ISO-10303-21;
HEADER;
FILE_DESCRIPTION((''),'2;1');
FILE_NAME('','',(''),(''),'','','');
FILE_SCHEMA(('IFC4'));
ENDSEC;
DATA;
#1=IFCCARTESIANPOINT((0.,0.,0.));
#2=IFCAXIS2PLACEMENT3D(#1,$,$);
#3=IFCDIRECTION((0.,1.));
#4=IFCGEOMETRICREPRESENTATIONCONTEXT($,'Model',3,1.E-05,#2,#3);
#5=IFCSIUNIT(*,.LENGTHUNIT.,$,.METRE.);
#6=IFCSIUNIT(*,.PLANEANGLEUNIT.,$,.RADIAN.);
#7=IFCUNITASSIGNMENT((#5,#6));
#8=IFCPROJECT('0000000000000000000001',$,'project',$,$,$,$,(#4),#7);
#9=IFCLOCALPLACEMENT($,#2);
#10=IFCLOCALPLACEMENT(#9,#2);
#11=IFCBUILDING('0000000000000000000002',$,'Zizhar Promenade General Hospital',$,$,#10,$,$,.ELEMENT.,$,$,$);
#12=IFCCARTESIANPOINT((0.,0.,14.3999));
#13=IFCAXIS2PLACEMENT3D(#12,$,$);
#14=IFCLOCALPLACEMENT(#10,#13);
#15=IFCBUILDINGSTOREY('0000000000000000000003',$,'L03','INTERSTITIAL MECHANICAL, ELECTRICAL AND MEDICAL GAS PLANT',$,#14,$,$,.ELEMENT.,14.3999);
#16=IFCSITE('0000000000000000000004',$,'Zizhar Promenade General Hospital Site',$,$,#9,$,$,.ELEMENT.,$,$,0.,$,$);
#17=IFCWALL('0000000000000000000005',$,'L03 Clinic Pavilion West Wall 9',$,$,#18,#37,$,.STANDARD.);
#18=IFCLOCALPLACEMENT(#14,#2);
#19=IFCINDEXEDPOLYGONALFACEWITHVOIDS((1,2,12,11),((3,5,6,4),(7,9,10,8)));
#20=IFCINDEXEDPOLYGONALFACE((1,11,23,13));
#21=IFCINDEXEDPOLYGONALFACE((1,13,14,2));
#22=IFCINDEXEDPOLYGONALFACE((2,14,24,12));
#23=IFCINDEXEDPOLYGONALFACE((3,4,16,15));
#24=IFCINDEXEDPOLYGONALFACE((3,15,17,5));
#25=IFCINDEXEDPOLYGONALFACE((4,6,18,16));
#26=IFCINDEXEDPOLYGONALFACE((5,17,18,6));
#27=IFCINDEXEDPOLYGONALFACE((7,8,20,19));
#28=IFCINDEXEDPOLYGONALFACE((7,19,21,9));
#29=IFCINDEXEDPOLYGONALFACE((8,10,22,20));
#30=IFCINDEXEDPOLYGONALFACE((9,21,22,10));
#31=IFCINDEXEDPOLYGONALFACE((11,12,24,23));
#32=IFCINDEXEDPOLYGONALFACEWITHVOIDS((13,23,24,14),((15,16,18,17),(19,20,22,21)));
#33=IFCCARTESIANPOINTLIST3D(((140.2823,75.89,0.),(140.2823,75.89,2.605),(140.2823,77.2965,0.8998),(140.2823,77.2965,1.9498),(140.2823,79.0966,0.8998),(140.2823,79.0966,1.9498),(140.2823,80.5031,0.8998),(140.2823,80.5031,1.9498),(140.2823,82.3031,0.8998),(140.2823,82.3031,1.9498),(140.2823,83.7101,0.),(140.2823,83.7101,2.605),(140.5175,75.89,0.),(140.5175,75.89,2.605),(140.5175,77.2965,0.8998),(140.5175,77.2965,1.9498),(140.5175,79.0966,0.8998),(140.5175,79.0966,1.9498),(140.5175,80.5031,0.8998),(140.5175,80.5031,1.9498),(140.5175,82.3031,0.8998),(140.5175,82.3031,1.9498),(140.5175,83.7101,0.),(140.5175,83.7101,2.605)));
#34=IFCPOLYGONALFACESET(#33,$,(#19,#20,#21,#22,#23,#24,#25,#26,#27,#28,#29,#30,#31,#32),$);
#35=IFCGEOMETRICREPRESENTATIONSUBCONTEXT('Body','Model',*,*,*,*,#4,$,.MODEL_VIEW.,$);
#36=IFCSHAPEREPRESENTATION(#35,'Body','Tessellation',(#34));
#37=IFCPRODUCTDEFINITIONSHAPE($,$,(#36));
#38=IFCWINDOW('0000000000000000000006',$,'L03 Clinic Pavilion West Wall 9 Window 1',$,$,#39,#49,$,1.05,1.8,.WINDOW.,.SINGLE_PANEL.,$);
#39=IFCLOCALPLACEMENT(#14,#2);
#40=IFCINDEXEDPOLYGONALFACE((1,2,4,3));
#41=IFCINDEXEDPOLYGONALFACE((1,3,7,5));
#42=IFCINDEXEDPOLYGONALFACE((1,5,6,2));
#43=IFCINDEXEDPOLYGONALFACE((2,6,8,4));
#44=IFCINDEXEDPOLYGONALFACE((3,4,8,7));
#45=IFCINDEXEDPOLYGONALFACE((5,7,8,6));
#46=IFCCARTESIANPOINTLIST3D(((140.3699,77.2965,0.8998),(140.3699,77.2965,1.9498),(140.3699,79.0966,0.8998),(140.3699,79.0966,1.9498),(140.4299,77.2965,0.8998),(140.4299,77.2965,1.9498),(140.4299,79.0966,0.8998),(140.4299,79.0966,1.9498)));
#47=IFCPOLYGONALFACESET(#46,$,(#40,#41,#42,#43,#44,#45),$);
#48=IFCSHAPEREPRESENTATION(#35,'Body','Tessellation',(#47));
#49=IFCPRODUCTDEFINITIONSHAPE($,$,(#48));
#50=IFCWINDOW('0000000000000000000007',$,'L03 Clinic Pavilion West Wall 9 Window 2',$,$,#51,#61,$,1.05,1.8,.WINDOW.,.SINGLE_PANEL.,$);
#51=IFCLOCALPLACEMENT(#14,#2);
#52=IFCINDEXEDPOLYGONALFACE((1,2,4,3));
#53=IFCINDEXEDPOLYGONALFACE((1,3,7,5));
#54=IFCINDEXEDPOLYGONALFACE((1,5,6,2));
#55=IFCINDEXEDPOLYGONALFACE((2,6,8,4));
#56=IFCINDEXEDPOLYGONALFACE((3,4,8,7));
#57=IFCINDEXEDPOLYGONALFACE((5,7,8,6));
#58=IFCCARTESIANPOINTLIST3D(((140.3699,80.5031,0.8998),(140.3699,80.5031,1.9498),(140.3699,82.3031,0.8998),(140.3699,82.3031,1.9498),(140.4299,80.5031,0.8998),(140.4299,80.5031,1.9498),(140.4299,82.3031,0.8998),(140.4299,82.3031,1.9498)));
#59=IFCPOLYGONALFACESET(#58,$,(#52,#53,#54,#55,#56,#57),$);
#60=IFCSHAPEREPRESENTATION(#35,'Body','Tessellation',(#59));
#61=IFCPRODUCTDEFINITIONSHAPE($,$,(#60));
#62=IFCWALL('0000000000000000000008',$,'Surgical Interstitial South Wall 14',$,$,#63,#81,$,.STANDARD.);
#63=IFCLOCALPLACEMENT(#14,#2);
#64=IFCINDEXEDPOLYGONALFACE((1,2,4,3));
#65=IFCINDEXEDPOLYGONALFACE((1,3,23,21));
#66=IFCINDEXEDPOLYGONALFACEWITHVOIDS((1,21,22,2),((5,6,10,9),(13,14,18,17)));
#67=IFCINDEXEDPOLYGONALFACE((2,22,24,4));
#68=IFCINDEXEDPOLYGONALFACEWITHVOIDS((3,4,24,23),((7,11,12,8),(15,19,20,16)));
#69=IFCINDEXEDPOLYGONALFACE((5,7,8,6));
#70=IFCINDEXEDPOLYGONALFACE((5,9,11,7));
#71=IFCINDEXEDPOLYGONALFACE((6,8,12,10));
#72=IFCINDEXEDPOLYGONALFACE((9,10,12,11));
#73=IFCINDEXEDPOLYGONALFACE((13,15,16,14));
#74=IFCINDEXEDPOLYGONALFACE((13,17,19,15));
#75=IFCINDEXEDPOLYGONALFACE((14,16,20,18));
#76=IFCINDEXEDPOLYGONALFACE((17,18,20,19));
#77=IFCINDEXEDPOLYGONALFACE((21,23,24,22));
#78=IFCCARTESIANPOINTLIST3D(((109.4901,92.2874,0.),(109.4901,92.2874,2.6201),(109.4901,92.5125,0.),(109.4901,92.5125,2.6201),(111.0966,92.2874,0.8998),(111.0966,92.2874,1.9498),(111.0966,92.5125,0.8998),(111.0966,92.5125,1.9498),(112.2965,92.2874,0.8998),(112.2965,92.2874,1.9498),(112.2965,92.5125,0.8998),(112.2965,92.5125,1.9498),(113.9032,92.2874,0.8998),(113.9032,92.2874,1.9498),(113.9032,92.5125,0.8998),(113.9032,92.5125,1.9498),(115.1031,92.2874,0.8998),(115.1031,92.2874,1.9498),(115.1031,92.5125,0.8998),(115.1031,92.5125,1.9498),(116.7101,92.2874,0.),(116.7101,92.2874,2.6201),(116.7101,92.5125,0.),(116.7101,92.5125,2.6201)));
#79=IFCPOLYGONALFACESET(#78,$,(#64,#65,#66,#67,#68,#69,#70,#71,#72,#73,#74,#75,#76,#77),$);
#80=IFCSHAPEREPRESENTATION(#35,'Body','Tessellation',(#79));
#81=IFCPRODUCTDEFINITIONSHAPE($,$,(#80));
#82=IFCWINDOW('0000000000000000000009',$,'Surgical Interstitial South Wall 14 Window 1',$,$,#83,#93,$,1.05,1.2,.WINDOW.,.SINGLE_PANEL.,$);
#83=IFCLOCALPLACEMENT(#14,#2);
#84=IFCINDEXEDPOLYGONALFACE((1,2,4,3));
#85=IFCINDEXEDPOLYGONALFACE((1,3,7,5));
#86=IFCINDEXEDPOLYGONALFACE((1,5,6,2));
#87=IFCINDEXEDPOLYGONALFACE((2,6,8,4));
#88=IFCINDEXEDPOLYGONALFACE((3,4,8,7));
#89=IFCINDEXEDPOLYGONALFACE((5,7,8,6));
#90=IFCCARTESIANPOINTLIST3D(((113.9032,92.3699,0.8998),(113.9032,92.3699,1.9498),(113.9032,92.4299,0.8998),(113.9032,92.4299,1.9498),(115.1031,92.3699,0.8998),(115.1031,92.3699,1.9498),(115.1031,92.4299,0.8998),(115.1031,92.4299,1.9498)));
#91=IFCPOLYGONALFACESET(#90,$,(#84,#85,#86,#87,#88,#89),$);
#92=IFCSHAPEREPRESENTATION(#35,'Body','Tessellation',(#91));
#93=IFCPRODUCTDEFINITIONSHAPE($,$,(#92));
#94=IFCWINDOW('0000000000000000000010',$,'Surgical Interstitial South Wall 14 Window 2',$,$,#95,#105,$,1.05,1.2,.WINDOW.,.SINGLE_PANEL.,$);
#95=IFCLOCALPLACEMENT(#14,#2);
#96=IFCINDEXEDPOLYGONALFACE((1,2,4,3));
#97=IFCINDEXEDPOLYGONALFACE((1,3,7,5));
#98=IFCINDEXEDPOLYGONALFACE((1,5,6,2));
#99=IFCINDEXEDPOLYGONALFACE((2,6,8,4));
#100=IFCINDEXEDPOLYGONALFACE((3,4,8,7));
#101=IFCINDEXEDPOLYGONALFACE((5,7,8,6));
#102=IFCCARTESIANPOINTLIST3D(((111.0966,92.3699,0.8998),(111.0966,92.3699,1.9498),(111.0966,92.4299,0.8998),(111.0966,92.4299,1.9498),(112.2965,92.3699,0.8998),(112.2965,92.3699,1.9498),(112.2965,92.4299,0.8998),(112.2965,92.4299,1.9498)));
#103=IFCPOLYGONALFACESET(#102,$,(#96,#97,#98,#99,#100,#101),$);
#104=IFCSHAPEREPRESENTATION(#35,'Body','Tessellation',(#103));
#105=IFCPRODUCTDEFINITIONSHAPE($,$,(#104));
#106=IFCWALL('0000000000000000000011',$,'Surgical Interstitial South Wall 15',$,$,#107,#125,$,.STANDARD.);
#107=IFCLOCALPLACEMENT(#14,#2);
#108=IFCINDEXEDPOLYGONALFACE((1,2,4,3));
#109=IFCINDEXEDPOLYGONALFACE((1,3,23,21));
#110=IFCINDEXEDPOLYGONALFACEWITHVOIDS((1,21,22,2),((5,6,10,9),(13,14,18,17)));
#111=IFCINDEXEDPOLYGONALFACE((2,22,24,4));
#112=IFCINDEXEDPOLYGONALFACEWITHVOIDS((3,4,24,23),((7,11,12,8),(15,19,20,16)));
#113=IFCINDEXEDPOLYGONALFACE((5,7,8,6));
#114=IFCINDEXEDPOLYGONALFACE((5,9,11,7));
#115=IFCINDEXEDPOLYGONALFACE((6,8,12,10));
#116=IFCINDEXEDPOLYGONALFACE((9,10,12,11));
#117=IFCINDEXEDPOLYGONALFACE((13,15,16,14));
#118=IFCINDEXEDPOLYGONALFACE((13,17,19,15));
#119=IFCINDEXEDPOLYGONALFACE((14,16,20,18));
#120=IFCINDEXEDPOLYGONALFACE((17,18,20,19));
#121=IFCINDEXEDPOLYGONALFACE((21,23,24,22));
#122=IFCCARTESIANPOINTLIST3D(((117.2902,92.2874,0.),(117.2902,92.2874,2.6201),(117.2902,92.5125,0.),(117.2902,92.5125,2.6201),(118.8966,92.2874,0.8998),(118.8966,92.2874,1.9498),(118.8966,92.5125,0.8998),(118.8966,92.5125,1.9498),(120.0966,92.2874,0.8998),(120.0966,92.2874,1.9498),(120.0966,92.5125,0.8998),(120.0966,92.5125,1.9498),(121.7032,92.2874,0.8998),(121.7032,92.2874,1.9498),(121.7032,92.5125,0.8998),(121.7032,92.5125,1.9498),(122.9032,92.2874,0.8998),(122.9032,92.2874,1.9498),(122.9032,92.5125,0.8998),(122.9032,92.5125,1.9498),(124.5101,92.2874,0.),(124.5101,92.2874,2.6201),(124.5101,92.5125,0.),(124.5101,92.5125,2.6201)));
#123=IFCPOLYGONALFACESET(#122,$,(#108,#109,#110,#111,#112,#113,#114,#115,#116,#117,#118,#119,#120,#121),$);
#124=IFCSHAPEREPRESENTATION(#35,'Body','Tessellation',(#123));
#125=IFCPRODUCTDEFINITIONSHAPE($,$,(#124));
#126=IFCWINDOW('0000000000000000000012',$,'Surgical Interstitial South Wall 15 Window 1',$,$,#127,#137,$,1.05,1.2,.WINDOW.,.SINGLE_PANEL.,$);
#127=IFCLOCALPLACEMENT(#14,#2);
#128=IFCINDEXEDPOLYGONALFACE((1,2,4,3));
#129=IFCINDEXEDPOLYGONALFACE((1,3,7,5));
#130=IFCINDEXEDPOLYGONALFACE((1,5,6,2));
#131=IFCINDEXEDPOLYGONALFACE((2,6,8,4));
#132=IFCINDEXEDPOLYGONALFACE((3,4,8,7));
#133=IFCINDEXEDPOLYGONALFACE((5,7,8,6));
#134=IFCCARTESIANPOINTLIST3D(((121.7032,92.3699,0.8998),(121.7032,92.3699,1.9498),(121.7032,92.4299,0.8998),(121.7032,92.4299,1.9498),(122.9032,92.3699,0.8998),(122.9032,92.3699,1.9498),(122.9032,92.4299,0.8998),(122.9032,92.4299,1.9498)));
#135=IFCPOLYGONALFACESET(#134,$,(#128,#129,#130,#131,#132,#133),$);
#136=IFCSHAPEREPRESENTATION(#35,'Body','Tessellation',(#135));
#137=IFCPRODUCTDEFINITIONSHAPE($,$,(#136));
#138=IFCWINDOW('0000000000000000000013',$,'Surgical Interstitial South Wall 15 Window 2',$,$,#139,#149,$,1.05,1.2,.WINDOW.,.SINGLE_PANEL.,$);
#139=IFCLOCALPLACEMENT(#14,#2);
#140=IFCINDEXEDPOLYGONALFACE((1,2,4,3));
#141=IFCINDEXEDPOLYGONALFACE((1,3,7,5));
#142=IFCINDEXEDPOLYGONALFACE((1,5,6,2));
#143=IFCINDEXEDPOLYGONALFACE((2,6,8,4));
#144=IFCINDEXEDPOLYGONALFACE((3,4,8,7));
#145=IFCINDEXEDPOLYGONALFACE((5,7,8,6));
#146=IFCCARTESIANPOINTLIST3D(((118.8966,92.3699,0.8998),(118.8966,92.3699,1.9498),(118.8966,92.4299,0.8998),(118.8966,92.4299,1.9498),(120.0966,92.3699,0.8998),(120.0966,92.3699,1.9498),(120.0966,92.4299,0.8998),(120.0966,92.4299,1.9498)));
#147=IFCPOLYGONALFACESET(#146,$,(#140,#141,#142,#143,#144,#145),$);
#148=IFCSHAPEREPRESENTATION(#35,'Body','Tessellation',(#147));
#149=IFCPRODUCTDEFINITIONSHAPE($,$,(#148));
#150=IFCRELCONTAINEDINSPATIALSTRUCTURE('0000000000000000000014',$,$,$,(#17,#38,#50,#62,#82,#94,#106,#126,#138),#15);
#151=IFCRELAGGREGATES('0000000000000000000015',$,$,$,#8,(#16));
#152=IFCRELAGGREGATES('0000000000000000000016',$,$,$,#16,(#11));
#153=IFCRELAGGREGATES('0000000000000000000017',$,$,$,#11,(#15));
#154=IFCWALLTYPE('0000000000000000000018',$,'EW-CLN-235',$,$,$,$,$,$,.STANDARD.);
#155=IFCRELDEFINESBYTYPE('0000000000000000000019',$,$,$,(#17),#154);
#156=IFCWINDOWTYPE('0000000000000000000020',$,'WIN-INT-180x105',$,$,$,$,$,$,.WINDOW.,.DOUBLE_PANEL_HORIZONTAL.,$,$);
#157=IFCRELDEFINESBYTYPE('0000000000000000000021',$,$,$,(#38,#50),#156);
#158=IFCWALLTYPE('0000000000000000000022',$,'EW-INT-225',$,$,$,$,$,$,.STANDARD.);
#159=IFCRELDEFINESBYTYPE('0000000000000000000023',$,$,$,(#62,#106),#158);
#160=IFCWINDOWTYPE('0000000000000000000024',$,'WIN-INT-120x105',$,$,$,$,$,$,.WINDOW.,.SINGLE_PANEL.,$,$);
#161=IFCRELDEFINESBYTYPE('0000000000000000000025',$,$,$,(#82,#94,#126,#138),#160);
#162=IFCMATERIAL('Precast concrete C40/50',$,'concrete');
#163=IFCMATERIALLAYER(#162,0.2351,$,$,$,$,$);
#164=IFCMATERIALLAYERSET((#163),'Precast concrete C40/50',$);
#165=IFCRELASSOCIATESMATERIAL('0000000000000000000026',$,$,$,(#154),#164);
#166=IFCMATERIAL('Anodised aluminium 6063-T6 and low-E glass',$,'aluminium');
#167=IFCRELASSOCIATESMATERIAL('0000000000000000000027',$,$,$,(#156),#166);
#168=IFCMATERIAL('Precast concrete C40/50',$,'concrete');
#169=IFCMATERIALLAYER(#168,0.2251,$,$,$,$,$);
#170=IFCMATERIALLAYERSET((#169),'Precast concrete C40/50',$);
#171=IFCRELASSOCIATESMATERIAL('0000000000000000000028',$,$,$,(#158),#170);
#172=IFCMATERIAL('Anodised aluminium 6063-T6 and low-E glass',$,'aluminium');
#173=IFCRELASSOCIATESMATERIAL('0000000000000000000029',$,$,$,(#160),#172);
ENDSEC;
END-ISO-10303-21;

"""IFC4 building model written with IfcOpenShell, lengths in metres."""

from ifc_helpers import new_model, si_unit, direction, frame, frame_2d, origin, place, context, subcontext, project, spatial, rectangle, extrude, material, layer, layer_set, type_object, element, fill, save


model = new_model("IFC4")

# Units and contexts
model_context = context("Model", 3, precision=1e-05, world=origin(), true_north=direction((0.0, 1.0)))
body_context = subcontext(model_context, "Body", "Model", "MODEL_VIEW")
ifc_project = project(units=[si_unit("LENGTHUNIT", "METRE"), si_unit("PLANEANGLEUNIT", "RADIAN")], contexts=[model_context])

# Site, building, storey
site_placement = place(None, origin())
site = spatial("IfcSite", under=ifc_project, at=site_placement, Name="Zizhar Promenade General Hospital Site", CompositionType="ELEMENT", RefElevation=0.0)
building_placement = place(site_placement, origin())
building = spatial("IfcBuilding", under=site, at=building_placement, Name="Zizhar Promenade General Hospital", CompositionType="ELEMENT")
storey_placement = place(building_placement, frame((0.0, 0.0, 14.3999)))
storey = spatial("IfcBuildingStorey", under=building, at=storey_placement, Name="L03", Description="INTERSTITIAL MECHANICAL, ELECTRICAL AND MEDICAL GAS PLANT", CompositionType="ELEMENT", Elevation=14.3999)

# Walls, openings, windows
ifc_material_1 = material(Name="Precast concrete C40/50", Category="concrete")
ifc_layer_1 = layer(ifc_material_1, 0.2351)
ifc_layer_set_1 = layer_set([ifc_layer_1], Name="Precast concrete C40/50")
wall_type_1 = type_object("IfcWallType", Name="EW-CLN-235", PredefinedType="STANDARD", material=ifc_layer_set_1)
ifc_material_2 = material(Name="Anodised aluminium 6063-T6 and low-E glass", Category="aluminium")
window_type_1 = type_object("IfcWindowType", Name="WIN-INT-180x105", PartitioningType="DOUBLE_PANEL_HORIZONTAL", PredefinedType="WINDOW", material=ifc_material_2)
wall_1_placement = place(storey_placement, frame((140.3999, 75.8899, 0.0), z_axis=(0.0, 0.0, 1.0), x_axis=(0.0, 1.0, 0.0)))
wall_1 = element("IfcWall", 1, at=wall_1_placement, inside=storey, type_object=wall_type_1, Name="L03 Clinic Pavilion West Wall 9", PredefinedType="STANDARD", context=body_context, shape_type="SweptSolid", body=[
    extrude(rectangle(XDim=7.8201, YDim=0.2351, at=frame_2d((3.9102, 0.0))), origin(), (0.0, 0.0, 1.0), 2.605),
])
opening_1_placement = place(wall_1_placement, frame((1.4067, 0.0, 0.8999)))
opening_1 = element("IfcOpeningElement", 2, at=opening_1_placement, cuts=wall_1, PredefinedType="OPENING", context=body_context, shape_type="SweptSolid", body=[
    extrude(rectangle(XDim=1.8, YDim=1.05, at=frame_2d((0.8999, 0.5249))), frame((0.0, 0.1274, 0.0), z_axis=(0.0, -1.0, 0.0), x_axis=(1.0, 0.0, 0.0)), (0.0, 0.0, 1.0), 0.2551),
])
opening_2_placement = place(wall_1_placement, frame((4.6133, 0.0, 0.8999)))
opening_2 = element("IfcOpeningElement", 3, at=opening_2_placement, cuts=wall_1, PredefinedType="OPENING", context=body_context, shape_type="SweptSolid", body=[
    extrude(rectangle(XDim=1.8, YDim=1.05, at=frame_2d((0.8999, 0.5249))), frame((0.0, 0.1274, 0.0), z_axis=(0.0, -1.0, 0.0), x_axis=(1.0, 0.0, 0.0)), (0.0, 0.0, 1.0), 0.2551),
])
window_1_placement = place(opening_1_placement, origin())
window_1 = element("IfcWindow", 4, at=window_1_placement, inside=storey, type_object=window_type_1, Name="L03 Clinic Pavilion West Wall 9 Window 1", OverallHeight=1.05, OverallWidth=1.8, PartitioningType="SINGLE_PANEL", PredefinedType="WINDOW", context=body_context, shape_type="SweptSolid", body=[
    extrude(rectangle(XDim=1.8, YDim=1.05, at=frame_2d((0.8999, 0.5249))), frame((0.0, 0.03, 0.0), z_axis=(0.0, -1.0, 0.0), x_axis=(1.0, 0.0, 0.0)), (0.0, 0.0, 1.0), 0.0601),
])
fill(opening_1, window_1)
window_2_placement = place(opening_2_placement, origin())
window_2 = element("IfcWindow", 5, at=window_2_placement, inside=storey, type_object=window_type_1, Name="L03 Clinic Pavilion West Wall 9 Window 2", OverallHeight=1.05, OverallWidth=1.8, PartitioningType="SINGLE_PANEL", PredefinedType="WINDOW", context=body_context, shape_type="SweptSolid", body=[
    extrude(rectangle(XDim=1.8, YDim=1.05, at=frame_2d((0.8999, 0.5249))), frame((0.0, 0.03, 0.0), z_axis=(0.0, -1.0, 0.0), x_axis=(1.0, 0.0, 0.0)), (0.0, 0.0, 1.0), 0.0601),
])
fill(opening_2, window_2)
ifc_material_3 = material(Name="Precast concrete C40/50", Category="concrete")
ifc_layer_2 = layer(ifc_material_3, 0.2251)
ifc_layer_set_2 = layer_set([ifc_layer_2], Name="Precast concrete C40/50")
wall_type_2 = type_object("IfcWallType", Name="EW-INT-225", PredefinedType="STANDARD", material=ifc_layer_set_2)
wall_2_placement = place(storey_placement, frame((116.71, 92.3999, 0.0), z_axis=(0.0, 0.0, 1.0), x_axis=(-1.0, 0.0, 0.0)))
wall_2 = element("IfcWall", 6, at=wall_2_placement, inside=storey, type_object=wall_type_2, Name="Surgical Interstitial South Wall 14", PredefinedType="STANDARD", context=body_context, shape_type="SweptSolid", body=[
    extrude(rectangle(XDim=7.22, YDim=0.2251, at=frame_2d((3.6099, 0.0))), origin(), (0.0, 0.0, 1.0), 2.6201),
])
opening_3_placement = place(wall_2_placement, frame((1.6067, 0.0, 0.8999)))
opening_3 = element("IfcOpeningElement", 7, at=opening_3_placement, cuts=wall_2, PredefinedType="OPENING", context=body_context, shape_type="SweptSolid", body=[
    extrude(rectangle(XDim=1.2, YDim=1.05, at=frame_2d((0.6001, 0.5249))), frame((0.0, 0.1226, 0.0), z_axis=(0.0, -1.0, 0.0), x_axis=(1.0, 0.0, 0.0)), (0.0, 0.0, 1.0), 0.2451),
])
opening_4_placement = place(wall_2_placement, frame((4.4133, 0.0, 0.8999)))
opening_4 = element("IfcOpeningElement", 8, at=opening_4_placement, cuts=wall_2, PredefinedType="OPENING", context=body_context, shape_type="SweptSolid", body=[
    extrude(rectangle(XDim=1.2, YDim=1.05, at=frame_2d((0.6001, 0.5249))), frame((0.0, 0.1226, 0.0), z_axis=(0.0, -1.0, 0.0), x_axis=(1.0, 0.0, 0.0)), (0.0, 0.0, 1.0), 0.2451),
])
ifc_material_4 = material(Name="Anodised aluminium 6063-T6 and low-E glass", Category="aluminium")
window_type_2 = type_object("IfcWindowType", Name="WIN-INT-120x105", PartitioningType="SINGLE_PANEL", PredefinedType="WINDOW", material=ifc_material_4)
window_3_placement = place(opening_3_placement, origin())
window_3 = element("IfcWindow", 9, at=window_3_placement, inside=storey, type_object=window_type_2, Name="Surgical Interstitial South Wall 14 Window 1", OverallHeight=1.05, OverallWidth=1.2, PartitioningType="SINGLE_PANEL", PredefinedType="WINDOW", context=body_context, shape_type="SweptSolid", body=[
    extrude(rectangle(XDim=1.2, YDim=1.05, at=frame_2d((0.6001, 0.5249))), frame((0.0, 0.03, 0.0), z_axis=(0.0, -1.0, 0.0), x_axis=(1.0, 0.0, 0.0)), (0.0, 0.0, 1.0), 0.0601),
])
fill(opening_3, window_3)
window_4_placement = place(opening_4_placement, origin())
window_4 = element("IfcWindow", 10, at=window_4_placement, inside=storey, type_object=window_type_2, Name="Surgical Interstitial South Wall 14 Window 2", OverallHeight=1.05, OverallWidth=1.2, PartitioningType="SINGLE_PANEL", PredefinedType="WINDOW", context=body_context, shape_type="SweptSolid", body=[
    extrude(rectangle(XDim=1.2, YDim=1.05, at=frame_2d((0.6001, 0.5249))), frame((0.0, 0.03, 0.0), z_axis=(0.0, -1.0, 0.0), x_axis=(1.0, 0.0, 0.0)), (0.0, 0.0, 1.0), 0.0601),
])
fill(opening_4, window_4)
wall_3_placement = place(storey_placement, frame((124.51, 92.3999, 0.0), z_axis=(0.0, 0.0, 1.0), x_axis=(-1.0, 0.0, 0.0)))
wall_3 = element("IfcWall", 11, at=wall_3_placement, inside=storey, type_object=wall_type_2, Name="Surgical Interstitial South Wall 15", PredefinedType="STANDARD", context=body_context, shape_type="SweptSolid", body=[
    extrude(rectangle(XDim=7.22, YDim=0.2251, at=frame_2d((3.6099, 0.0))), origin(), (0.0, 0.0, 1.0), 2.6201),
])
opening_5_placement = place(wall_3_placement, frame((1.6067, 0.0, 0.8999)))
opening_5 = element("IfcOpeningElement", 12, at=opening_5_placement, cuts=wall_3, PredefinedType="OPENING", context=body_context, shape_type="SweptSolid", body=[
    extrude(rectangle(XDim=1.2, YDim=1.05, at=frame_2d((0.6001, 0.5249))), frame((0.0, 0.1226, 0.0), z_axis=(0.0, -1.0, 0.0), x_axis=(1.0, 0.0, 0.0)), (0.0, 0.0, 1.0), 0.2451),
])
opening_6_placement = place(wall_3_placement, frame((4.4133, 0.0, 0.8999)))
opening_6 = element("IfcOpeningElement", 13, at=opening_6_placement, cuts=wall_3, PredefinedType="OPENING", context=body_context, shape_type="SweptSolid", body=[
    extrude(rectangle(XDim=1.2, YDim=1.05, at=frame_2d((0.6001, 0.5249))), frame((0.0, 0.1226, 0.0), z_axis=(0.0, -1.0, 0.0), x_axis=(1.0, 0.0, 0.0)), (0.0, 0.0, 1.0), 0.2451),
])
window_5_placement = place(opening_5_placement, origin())
window_5 = element("IfcWindow", 14, at=window_5_placement, inside=storey, type_object=window_type_2, Name="Surgical Interstitial South Wall 15 Window 1", OverallHeight=1.05, OverallWidth=1.2, PartitioningType="SINGLE_PANEL", PredefinedType="WINDOW", context=body_context, shape_type="SweptSolid", body=[
    extrude(rectangle(XDim=1.2, YDim=1.05, at=frame_2d((0.6001, 0.5249))), frame((0.0, 0.03, 0.0), z_axis=(0.0, -1.0, 0.0), x_axis=(1.0, 0.0, 0.0)), (0.0, 0.0, 1.0), 0.0601),
])
fill(opening_5, window_5)
window_6_placement = place(opening_6_placement, origin())
window_6 = element("IfcWindow", 15, at=window_6_placement, inside=storey, type_object=window_type_2, Name="Surgical Interstitial South Wall 15 Window 2", OverallHeight=1.05, OverallWidth=1.2, PartitioningType="SINGLE_PANEL", PredefinedType="WINDOW", context=body_context, shape_type="SweptSolid", body=[
    extrude(rectangle(XDim=1.2, YDim=1.05, at=frame_2d((0.6001, 0.5249))), frame((0.0, 0.03, 0.0), z_axis=(0.0, -1.0, 0.0), x_axis=(1.0, 0.0, 0.0)), (0.0, 0.0, 1.0), 0.0601),
])
fill(opening_6, window_6)

save(model, "model.ifc")
